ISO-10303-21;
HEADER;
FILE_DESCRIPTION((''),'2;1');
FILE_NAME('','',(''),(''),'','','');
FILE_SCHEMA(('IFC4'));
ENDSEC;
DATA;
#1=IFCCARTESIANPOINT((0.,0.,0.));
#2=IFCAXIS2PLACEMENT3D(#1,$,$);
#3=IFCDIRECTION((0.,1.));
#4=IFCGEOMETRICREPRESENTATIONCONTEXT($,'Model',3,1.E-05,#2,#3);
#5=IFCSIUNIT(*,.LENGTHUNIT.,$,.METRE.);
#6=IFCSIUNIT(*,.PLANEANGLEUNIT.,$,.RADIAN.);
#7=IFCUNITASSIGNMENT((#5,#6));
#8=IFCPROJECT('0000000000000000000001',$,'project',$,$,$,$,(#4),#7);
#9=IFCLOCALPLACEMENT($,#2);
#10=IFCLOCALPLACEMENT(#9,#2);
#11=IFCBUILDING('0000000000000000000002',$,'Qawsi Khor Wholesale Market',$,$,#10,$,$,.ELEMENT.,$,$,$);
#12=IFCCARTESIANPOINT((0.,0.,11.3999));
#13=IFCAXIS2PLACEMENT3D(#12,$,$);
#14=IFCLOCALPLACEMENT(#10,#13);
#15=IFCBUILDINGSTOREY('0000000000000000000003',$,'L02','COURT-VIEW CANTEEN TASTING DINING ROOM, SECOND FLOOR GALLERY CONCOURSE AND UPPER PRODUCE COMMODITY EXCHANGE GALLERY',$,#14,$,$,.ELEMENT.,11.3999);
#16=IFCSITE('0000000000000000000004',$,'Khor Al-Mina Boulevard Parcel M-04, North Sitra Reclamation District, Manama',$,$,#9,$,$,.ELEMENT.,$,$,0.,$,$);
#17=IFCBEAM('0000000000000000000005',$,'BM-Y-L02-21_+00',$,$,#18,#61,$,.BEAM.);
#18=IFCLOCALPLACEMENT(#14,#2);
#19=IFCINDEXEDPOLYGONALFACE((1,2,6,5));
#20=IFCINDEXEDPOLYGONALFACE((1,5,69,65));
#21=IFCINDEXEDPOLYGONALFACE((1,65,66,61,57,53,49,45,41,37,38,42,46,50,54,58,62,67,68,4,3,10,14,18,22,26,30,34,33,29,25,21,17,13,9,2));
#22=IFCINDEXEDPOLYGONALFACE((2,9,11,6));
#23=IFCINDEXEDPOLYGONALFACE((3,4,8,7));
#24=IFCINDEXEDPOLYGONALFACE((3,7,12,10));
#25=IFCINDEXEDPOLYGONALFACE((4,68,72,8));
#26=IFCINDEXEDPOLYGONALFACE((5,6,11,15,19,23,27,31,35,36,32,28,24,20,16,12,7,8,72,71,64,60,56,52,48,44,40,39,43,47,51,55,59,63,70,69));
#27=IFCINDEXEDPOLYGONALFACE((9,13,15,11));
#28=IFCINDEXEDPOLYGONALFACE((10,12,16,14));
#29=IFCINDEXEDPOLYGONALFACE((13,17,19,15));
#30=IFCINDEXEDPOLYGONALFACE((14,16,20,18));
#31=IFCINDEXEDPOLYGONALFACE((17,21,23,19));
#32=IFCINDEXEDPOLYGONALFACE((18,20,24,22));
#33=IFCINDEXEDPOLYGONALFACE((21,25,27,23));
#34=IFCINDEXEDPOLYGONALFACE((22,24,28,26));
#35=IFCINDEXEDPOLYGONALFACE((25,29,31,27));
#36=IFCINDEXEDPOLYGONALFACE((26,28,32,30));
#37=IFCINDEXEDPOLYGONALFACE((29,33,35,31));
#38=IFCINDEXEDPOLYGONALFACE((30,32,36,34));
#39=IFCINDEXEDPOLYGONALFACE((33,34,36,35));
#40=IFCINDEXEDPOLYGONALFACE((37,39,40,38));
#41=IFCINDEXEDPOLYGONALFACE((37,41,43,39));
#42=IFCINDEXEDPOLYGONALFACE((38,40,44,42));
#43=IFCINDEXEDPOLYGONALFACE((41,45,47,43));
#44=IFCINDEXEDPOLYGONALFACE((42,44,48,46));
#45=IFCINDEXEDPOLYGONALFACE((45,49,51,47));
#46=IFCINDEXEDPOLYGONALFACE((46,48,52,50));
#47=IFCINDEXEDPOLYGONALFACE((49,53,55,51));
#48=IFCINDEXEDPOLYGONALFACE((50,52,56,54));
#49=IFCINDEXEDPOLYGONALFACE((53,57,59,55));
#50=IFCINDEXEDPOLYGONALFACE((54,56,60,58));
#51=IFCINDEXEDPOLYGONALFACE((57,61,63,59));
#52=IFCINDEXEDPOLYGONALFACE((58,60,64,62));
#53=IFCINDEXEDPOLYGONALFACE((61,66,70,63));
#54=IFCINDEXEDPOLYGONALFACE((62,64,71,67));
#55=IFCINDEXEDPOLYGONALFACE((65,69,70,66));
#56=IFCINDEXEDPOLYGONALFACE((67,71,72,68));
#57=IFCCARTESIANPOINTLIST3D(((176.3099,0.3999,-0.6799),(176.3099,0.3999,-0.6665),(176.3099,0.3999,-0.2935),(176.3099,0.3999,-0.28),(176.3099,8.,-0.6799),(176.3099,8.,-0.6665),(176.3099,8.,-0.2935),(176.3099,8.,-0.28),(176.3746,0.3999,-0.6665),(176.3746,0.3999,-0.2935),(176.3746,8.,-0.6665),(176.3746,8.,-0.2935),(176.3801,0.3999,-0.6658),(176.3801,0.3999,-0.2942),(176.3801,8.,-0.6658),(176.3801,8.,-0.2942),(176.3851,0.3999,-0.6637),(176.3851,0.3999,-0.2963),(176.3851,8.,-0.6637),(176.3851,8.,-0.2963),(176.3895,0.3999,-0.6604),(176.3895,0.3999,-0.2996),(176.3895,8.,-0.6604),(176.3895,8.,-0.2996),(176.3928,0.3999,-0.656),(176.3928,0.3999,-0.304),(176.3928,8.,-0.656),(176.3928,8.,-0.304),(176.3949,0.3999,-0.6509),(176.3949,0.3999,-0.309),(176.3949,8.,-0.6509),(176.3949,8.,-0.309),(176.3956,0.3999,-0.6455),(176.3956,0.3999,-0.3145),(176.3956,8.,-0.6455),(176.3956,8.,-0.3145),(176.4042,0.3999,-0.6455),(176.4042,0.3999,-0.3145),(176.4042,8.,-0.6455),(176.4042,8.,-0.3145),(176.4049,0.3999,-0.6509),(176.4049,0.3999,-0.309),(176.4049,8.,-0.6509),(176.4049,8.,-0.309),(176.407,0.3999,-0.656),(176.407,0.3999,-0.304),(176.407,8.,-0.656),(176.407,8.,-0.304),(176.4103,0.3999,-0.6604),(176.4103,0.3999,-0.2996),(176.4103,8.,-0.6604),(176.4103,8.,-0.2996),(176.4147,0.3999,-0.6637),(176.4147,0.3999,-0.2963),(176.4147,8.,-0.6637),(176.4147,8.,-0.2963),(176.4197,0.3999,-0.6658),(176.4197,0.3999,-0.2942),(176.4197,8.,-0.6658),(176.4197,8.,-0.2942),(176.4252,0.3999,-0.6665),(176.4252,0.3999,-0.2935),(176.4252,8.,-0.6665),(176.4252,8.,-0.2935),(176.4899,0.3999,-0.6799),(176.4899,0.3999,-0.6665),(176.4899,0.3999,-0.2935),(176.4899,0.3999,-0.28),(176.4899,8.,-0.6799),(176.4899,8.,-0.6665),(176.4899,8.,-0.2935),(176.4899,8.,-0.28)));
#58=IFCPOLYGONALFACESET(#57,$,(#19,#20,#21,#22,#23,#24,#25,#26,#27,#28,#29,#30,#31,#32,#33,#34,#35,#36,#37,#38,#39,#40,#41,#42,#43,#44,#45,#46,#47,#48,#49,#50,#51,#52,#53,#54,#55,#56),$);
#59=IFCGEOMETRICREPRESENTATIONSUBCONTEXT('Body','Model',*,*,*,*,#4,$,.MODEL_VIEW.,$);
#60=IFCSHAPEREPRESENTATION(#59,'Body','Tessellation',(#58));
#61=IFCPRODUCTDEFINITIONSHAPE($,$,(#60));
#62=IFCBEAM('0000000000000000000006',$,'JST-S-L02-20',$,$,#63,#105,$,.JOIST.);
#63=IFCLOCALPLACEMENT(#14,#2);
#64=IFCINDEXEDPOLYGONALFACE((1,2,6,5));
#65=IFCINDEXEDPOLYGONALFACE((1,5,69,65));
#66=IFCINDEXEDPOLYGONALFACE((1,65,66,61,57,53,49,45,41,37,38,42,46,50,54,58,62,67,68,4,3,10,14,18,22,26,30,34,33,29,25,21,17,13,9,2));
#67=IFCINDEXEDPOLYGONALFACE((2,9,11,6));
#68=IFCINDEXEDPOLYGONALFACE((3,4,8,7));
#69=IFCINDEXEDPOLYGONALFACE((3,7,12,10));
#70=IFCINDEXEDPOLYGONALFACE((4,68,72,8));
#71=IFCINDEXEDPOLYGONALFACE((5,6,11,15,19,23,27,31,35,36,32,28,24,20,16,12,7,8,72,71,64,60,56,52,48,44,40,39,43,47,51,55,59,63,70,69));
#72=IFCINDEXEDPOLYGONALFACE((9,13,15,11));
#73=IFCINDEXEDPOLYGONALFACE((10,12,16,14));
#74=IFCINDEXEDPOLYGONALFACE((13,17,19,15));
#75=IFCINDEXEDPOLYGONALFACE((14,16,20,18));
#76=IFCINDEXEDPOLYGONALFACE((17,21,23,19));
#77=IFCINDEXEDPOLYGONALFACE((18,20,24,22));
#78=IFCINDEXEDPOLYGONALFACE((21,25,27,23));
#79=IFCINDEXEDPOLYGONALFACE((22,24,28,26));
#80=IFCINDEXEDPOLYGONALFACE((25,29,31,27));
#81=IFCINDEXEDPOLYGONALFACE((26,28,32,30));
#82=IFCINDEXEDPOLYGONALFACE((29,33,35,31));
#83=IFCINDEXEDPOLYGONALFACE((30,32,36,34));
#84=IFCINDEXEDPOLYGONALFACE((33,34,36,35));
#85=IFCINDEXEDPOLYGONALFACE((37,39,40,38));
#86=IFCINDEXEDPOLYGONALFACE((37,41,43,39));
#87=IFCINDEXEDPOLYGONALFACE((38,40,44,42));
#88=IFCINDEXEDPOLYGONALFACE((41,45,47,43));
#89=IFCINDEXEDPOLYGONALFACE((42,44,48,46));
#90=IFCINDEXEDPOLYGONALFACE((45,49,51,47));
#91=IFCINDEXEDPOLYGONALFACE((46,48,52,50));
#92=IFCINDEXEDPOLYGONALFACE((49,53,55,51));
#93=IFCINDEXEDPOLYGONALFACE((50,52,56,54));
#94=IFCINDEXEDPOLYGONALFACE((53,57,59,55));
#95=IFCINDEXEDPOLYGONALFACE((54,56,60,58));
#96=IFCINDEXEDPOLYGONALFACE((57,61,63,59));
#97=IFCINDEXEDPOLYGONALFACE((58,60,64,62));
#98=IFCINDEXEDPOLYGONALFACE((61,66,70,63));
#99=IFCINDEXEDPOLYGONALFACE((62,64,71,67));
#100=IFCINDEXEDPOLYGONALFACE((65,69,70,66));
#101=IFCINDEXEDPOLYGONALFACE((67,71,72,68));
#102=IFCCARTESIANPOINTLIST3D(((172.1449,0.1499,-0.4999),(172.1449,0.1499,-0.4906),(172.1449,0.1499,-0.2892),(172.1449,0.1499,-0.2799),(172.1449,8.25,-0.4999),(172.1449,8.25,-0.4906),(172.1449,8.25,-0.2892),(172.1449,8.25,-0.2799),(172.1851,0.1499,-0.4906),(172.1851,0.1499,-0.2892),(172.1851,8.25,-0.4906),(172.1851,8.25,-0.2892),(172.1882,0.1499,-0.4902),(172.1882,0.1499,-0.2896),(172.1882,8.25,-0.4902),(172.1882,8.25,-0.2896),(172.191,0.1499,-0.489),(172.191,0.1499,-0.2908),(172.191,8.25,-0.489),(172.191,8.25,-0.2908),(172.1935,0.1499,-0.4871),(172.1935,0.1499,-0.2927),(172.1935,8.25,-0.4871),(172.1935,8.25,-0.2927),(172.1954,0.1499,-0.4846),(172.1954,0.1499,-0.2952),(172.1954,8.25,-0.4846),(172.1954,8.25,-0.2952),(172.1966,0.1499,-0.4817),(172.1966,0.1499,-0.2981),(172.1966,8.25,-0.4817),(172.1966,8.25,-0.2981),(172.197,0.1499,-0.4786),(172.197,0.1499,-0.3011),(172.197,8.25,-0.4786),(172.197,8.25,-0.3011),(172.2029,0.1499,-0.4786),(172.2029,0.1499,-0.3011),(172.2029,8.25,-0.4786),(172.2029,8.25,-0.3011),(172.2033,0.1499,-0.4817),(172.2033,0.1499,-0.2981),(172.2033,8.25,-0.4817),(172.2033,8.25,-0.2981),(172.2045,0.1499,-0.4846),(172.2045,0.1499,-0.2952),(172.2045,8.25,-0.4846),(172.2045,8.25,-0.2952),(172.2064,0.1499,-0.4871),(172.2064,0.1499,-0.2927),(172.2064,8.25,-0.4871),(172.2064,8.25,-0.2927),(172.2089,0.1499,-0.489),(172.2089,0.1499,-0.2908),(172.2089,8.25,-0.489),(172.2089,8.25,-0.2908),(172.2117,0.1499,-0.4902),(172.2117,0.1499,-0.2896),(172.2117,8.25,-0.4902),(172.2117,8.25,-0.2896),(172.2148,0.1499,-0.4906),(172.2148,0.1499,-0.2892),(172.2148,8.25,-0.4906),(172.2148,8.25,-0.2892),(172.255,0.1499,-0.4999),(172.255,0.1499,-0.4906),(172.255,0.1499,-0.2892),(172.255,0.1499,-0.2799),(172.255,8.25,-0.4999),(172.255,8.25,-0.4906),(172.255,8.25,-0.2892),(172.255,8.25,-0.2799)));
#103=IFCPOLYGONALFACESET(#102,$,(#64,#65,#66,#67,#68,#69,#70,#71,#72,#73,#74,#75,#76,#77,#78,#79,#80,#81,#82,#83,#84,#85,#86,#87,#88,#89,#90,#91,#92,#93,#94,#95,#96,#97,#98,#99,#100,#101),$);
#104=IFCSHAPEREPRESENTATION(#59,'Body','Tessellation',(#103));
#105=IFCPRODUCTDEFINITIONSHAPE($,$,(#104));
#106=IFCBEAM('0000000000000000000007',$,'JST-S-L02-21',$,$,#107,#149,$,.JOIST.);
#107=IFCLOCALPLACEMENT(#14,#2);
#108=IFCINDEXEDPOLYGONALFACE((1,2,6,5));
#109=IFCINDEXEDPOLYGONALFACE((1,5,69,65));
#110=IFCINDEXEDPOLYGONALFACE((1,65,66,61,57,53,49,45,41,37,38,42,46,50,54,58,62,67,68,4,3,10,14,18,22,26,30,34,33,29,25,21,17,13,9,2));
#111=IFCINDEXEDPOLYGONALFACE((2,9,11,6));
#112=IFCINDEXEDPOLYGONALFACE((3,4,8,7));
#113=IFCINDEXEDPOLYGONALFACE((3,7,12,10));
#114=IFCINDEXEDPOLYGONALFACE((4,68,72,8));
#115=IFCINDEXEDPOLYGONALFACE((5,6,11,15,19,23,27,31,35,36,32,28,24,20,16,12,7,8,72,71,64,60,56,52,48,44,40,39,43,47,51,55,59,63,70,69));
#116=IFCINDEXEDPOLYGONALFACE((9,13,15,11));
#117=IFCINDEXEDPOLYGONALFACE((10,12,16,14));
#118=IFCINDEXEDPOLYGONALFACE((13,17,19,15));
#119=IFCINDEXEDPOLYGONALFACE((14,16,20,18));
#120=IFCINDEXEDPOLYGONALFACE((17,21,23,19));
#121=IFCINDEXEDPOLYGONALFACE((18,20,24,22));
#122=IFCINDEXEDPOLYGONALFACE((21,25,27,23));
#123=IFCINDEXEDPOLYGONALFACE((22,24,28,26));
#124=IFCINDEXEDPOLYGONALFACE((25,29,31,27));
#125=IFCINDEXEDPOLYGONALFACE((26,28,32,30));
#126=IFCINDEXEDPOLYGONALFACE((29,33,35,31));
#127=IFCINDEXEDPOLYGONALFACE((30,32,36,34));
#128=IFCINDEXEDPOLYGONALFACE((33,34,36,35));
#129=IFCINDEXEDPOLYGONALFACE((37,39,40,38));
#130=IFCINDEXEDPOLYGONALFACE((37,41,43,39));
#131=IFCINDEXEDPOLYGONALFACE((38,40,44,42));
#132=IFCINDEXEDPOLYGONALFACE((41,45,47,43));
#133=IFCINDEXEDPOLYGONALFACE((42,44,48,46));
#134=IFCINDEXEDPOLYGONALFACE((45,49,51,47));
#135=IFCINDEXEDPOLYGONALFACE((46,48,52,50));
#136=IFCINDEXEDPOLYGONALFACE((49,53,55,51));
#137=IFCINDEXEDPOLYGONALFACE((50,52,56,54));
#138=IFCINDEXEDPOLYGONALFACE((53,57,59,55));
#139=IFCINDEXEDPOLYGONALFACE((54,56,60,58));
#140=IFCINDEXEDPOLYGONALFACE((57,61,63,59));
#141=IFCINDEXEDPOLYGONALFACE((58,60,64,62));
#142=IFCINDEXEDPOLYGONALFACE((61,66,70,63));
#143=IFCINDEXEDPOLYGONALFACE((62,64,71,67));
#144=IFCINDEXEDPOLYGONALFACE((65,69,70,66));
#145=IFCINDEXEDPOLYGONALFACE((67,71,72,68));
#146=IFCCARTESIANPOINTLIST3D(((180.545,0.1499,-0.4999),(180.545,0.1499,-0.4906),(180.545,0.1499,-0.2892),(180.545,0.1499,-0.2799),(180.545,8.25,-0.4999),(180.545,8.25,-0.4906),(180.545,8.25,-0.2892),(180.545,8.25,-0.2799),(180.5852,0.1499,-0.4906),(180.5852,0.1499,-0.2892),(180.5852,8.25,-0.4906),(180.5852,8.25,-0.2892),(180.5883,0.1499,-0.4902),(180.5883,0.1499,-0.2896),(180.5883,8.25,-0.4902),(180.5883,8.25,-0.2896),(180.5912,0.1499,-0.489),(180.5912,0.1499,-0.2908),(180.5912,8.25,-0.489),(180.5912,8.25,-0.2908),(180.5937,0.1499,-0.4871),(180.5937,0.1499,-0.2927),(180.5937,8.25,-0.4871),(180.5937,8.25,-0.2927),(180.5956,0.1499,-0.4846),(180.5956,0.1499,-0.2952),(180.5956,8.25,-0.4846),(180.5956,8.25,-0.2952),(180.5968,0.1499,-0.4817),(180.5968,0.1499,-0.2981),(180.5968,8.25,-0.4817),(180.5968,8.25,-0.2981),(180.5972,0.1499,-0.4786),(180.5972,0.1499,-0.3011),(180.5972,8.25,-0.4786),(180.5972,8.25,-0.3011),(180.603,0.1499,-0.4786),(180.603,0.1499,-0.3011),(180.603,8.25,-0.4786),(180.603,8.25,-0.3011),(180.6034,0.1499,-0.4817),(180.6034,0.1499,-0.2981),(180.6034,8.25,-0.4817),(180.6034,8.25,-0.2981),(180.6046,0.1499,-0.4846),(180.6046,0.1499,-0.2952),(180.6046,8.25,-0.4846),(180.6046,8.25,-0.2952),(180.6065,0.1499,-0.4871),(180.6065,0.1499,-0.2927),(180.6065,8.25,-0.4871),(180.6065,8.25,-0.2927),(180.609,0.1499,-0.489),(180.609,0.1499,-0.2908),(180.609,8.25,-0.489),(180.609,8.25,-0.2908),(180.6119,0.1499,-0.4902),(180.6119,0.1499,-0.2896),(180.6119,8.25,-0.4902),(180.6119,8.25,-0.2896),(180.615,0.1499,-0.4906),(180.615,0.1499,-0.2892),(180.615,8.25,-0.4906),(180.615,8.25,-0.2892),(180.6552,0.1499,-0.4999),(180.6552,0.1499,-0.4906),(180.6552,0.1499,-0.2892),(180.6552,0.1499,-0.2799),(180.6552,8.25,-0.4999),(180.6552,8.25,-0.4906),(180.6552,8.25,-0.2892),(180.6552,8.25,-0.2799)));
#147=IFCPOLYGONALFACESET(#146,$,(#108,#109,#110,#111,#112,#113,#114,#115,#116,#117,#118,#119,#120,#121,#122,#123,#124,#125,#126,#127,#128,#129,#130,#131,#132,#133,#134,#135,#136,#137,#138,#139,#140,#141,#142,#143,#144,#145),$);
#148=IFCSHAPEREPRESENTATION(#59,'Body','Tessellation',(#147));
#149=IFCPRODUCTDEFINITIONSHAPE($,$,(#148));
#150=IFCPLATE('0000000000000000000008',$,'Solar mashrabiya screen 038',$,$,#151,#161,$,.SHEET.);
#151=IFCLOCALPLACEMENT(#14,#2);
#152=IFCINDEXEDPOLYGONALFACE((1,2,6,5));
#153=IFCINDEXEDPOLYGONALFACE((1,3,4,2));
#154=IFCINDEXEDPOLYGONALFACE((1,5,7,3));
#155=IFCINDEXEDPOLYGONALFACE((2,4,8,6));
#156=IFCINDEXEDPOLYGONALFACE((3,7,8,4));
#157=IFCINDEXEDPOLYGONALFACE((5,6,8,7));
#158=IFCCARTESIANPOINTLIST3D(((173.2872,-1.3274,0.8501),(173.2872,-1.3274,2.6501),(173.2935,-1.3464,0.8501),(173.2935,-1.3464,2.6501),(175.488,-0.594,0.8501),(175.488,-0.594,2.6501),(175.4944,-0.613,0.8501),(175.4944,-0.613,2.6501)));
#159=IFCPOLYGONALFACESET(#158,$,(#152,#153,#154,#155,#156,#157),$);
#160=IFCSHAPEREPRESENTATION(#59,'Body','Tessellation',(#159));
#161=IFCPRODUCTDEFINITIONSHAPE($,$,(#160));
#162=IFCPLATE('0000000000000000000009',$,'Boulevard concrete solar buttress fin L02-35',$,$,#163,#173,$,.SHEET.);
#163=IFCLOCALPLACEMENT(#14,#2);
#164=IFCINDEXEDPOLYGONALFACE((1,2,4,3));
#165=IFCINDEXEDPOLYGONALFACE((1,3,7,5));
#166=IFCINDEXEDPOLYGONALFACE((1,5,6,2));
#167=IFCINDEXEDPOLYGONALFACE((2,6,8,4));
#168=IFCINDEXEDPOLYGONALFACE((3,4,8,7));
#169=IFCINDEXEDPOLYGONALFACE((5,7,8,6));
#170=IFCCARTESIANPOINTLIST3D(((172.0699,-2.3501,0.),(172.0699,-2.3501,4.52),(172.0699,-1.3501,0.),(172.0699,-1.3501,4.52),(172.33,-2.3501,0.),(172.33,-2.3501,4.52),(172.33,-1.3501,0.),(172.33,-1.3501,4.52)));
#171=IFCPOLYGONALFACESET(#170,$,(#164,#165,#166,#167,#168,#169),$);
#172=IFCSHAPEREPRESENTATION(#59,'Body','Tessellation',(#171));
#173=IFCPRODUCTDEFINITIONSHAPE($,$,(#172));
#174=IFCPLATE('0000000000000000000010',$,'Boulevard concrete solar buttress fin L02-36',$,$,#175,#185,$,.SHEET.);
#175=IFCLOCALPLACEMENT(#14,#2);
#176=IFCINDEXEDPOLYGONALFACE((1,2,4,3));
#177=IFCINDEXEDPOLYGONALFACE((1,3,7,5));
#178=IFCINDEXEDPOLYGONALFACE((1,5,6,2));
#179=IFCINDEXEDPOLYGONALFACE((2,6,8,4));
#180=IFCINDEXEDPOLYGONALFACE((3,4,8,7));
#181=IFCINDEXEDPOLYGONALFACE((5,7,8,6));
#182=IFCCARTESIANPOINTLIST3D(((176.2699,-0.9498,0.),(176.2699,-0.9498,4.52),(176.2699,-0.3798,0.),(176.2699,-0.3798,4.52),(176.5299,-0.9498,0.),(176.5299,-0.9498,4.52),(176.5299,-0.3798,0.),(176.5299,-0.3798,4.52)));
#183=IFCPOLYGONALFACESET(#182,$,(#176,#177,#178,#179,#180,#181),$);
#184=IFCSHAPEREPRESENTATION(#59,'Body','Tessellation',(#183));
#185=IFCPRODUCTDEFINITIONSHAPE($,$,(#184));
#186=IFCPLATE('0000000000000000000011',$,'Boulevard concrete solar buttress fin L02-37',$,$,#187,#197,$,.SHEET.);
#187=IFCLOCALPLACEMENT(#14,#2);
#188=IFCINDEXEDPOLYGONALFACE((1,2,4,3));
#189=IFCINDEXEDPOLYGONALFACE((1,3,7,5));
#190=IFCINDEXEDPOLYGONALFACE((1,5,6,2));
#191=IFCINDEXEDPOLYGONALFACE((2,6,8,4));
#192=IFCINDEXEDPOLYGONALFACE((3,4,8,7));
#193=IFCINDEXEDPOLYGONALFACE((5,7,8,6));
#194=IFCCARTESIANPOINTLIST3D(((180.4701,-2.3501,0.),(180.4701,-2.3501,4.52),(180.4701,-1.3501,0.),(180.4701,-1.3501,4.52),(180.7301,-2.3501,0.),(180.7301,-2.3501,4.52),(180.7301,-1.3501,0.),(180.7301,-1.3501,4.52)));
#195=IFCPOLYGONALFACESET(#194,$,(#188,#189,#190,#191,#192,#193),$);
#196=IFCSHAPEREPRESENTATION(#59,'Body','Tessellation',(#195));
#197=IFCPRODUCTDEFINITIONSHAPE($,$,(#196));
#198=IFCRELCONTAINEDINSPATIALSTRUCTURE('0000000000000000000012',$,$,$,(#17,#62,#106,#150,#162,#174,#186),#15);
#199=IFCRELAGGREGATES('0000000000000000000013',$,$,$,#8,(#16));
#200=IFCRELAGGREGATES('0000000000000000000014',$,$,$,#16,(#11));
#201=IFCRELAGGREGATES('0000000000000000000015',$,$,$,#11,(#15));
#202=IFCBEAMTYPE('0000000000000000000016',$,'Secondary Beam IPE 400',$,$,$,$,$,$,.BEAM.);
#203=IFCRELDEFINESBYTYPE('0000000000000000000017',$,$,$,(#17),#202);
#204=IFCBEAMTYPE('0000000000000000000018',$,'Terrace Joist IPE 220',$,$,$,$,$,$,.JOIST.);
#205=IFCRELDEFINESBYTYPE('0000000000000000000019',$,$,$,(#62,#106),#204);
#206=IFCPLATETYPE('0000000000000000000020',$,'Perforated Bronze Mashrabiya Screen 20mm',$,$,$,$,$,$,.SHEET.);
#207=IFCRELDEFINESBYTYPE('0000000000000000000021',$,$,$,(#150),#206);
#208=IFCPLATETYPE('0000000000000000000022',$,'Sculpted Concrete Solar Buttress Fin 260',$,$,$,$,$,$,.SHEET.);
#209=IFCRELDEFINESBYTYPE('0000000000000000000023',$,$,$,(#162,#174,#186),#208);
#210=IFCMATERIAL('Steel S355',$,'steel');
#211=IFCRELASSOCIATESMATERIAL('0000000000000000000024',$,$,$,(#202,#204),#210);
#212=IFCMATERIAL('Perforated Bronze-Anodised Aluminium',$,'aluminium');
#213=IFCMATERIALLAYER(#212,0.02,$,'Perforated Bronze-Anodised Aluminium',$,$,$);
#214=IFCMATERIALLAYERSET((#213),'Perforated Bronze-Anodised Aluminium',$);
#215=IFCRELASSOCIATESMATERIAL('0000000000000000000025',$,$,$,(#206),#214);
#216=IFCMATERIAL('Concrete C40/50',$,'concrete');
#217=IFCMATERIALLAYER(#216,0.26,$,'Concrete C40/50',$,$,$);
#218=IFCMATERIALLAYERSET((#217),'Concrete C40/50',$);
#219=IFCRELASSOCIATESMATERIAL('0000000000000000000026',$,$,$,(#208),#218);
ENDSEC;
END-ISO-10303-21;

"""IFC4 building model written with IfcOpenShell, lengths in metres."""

from ifc_helpers import new_model, si_unit, direction, frame, frame_2d, origin, origin_2d, place, context, subcontext, project, spatial, rectangle, i_section, extrude, material, layer, layer_set, material_profile, profile_set, type_object, element, save


model = new_model("IFC4")

# Units and contexts
model_context = context("Model", 3, precision=1e-05, world=origin(), true_north=direction((0.0, 1.0)))
body_context = subcontext(model_context, "Body", "Model", "MODEL_VIEW")
ifc_project = project(units=[si_unit("LENGTHUNIT", "METRE"), si_unit("PLANEANGLEUNIT", "RADIAN")], contexts=[model_context])

# Site, building, storey
site_placement = place(None, origin())
site = spatial("IfcSite", under=ifc_project, at=site_placement, Name="Khor Al-Mina Boulevard Parcel M-04, North Sitra Reclamation District, Manama", CompositionType="ELEMENT", RefElevation=0.0)
building_placement = place(site_placement, origin())
building = spatial("IfcBuilding", under=site, at=building_placement, Name="Qawsi Khor Wholesale Market", CompositionType="ELEMENT")
storey_placement = place(building_placement, frame((0.0, 0.0, 11.3999)))
storey = spatial("IfcBuildingStorey", under=building, at=storey_placement, Name="L02", Description="COURT-VIEW CANTEEN TASTING DINING ROOM, SECOND FLOOR GALLERY CONCOURSE AND UPPER PRODUCE COMMODITY EXCHANGE GALLERY", CompositionType="ELEMENT", Elevation=11.3999)

# Shared definitions
ifc_material_1 = material(Name="Concrete C40/50", Category="concrete")

# Beams
ifc_material_2 = material(Name="Steel S355", Category="steel")
ifc_material_profile_1 = material_profile(ifc_material_2, i_section(OverallWidth=0.1799, OverallDepth=0.3999, WebThickness=0.0085, FlangeThickness=0.0134, FilletRadius=0.021, at=origin_2d()), Name="IPE 400")
ifc_profile_set_1 = profile_set([ifc_material_profile_1], Name="Steel S355")
beam_type_1 = type_object("IfcBeamType", Name="Secondary Beam IPE 400", PredefinedType="BEAM", material=ifc_profile_set_1)
beam_1_placement = place(storey_placement, frame((176.3999, 0.3999, -0.48), z_axis=(0.0, 1.0, 0.0), x_axis=(-1.0, 0.0, 0.0)))
element("IfcBeam", 1, at=beam_1_placement, inside=storey, type_object=beam_type_1, Name="BM-Y-L02-21_+00", PredefinedType="BEAM", context=body_context, shape_type="SweptSolid", body=[
    extrude(i_section(OverallWidth=0.1799, OverallDepth=0.3999, WebThickness=0.0085, FlangeThickness=0.0134, FilletRadius=0.021, at=origin_2d()), origin(), (0.0, 0.0, 1.0), 7.6001),
])
ifc_material_profile_2 = material_profile(ifc_material_2, i_section(OverallWidth=0.1101, OverallDepth=0.22, WebThickness=0.0059, FlangeThickness=0.0093, FilletRadius=0.012, at=origin_2d()), Name="IPE 220")
ifc_profile_set_2 = profile_set([ifc_material_profile_2], Name="Steel S355")
beam_type_2 = type_object("IfcBeamType", Name="Terrace Joist IPE 220", PredefinedType="JOIST", material=ifc_profile_set_2)
for number, where, z_axis, x_axis, name in (
    (2, (172.2, 0.1499, -0.3899), (0.0, 1.0, 0.0), (-1.0, 0.0, 0.0), "JST-S-L02-20"),
    (3, (180.6001, 0.1499, -0.3899), (0.0, 1.0, 0.0), (-1.0, 0.0, 0.0), "JST-S-L02-21"),
):
    element("IfcBeam", number, at=place(storey_placement, frame(where, z_axis=z_axis, x_axis=x_axis)), inside=storey, type_object=beam_type_2, Name=name, PredefinedType="JOIST", context=body_context, shape_type="SweptSolid", body=[
        extrude(i_section(OverallWidth=0.1101, OverallDepth=0.22, WebThickness=0.0059, FlangeThickness=0.0093, FilletRadius=0.012, at=origin_2d()), origin(), (0.0, 0.0, 1.0), 8.1001),
    ])

# Plates
ifc_material_3 = material(Name="Perforated Bronze-Anodised Aluminium", Category="aluminium")
ifc_layer_1 = layer(ifc_material_3, 0.02, Name="Perforated Bronze-Anodised Aluminium")
ifc_layer_set_1 = layer_set([ifc_layer_1], Name="Perforated Bronze-Anodised Aluminium")
plate_type_1 = type_object("IfcPlateType", Name="Perforated Bronze Mashrabiya Screen 20mm", PredefinedType="SHEET", material=ifc_layer_set_1)
plate_1_placement = place(storey_placement, frame((175.4912, -0.6035, 0.8501), z_axis=(0.0, 0.0, 1.0), x_axis=(-0.948715, -0.316133, 0.0)))
element("IfcPlate", 4, at=plate_1_placement, inside=storey, type_object=plate_type_1, Name="Solar mashrabiya screen 038", PredefinedType="SHEET", context=body_context, shape_type="SweptSolid", body=[
    extrude(rectangle(XDim=2.3198, YDim=0.02, at=frame_2d((1.1599, 0.0))), origin(), (0.0, 0.0, 1.0), 1.8),
])
ifc_layer_2 = layer(ifc_material_1, 0.26, Name="Concrete C40/50")
ifc_layer_set_2 = layer_set([ifc_layer_2], Name="Concrete C40/50")
plate_type_2 = type_object("IfcPlateType", Name="Sculpted Concrete Solar Buttress Fin 260", PredefinedType="SHEET", material=ifc_layer_set_2)
plate_2_placement = place(storey_placement, frame((172.2, -2.3501, 0.0), z_axis=(0.0, 0.0, 1.0), x_axis=(0.0, 1.0, 0.0)))
element("IfcPlate", 5, at=plate_2_placement, inside=storey, type_object=plate_type_2, Name="Boulevard concrete solar buttress fin L02-35", PredefinedType="SHEET", context=body_context, shape_type="SweptSolid", body=[
    extrude(rectangle(XDim=1.0, YDim=0.26, at=frame_2d((0.5, 0.0))), origin(), (0.0, 0.0, 1.0), 4.52),
])
plate_3_placement = place(storey_placement, frame((176.3999, -0.95, 0.0), z_axis=(0.0, 0.0, 1.0), x_axis=(0.0, 1.0, 0.0)))
element("IfcPlate", 6, at=plate_3_placement, inside=storey, type_object=plate_type_2, Name="Boulevard concrete solar buttress fin L02-36", PredefinedType="SHEET", context=body_context, shape_type="SweptSolid", body=[
    extrude(rectangle(XDim=0.5701, YDim=0.26, at=frame_2d((0.2852, 0.0))), origin(), (0.0, 0.0, 1.0), 4.52),
])
plate_4_placement = place(storey_placement, frame((180.6001, -2.3501, 0.0), z_axis=(0.0, 0.0, 1.0), x_axis=(0.0, 1.0, 0.0)))
element("IfcPlate", 7, at=plate_4_placement, inside=storey, type_object=plate_type_2, Name="Boulevard concrete solar buttress fin L02-37", PredefinedType="SHEET", context=body_context, shape_type="SweptSolid", body=[
    extrude(rectangle(XDim=1.0, YDim=0.26, at=frame_2d((0.5, 0.0))), origin(), (0.0, 0.0, 1.0), 4.52),
])

save(model, "model.ifc")
